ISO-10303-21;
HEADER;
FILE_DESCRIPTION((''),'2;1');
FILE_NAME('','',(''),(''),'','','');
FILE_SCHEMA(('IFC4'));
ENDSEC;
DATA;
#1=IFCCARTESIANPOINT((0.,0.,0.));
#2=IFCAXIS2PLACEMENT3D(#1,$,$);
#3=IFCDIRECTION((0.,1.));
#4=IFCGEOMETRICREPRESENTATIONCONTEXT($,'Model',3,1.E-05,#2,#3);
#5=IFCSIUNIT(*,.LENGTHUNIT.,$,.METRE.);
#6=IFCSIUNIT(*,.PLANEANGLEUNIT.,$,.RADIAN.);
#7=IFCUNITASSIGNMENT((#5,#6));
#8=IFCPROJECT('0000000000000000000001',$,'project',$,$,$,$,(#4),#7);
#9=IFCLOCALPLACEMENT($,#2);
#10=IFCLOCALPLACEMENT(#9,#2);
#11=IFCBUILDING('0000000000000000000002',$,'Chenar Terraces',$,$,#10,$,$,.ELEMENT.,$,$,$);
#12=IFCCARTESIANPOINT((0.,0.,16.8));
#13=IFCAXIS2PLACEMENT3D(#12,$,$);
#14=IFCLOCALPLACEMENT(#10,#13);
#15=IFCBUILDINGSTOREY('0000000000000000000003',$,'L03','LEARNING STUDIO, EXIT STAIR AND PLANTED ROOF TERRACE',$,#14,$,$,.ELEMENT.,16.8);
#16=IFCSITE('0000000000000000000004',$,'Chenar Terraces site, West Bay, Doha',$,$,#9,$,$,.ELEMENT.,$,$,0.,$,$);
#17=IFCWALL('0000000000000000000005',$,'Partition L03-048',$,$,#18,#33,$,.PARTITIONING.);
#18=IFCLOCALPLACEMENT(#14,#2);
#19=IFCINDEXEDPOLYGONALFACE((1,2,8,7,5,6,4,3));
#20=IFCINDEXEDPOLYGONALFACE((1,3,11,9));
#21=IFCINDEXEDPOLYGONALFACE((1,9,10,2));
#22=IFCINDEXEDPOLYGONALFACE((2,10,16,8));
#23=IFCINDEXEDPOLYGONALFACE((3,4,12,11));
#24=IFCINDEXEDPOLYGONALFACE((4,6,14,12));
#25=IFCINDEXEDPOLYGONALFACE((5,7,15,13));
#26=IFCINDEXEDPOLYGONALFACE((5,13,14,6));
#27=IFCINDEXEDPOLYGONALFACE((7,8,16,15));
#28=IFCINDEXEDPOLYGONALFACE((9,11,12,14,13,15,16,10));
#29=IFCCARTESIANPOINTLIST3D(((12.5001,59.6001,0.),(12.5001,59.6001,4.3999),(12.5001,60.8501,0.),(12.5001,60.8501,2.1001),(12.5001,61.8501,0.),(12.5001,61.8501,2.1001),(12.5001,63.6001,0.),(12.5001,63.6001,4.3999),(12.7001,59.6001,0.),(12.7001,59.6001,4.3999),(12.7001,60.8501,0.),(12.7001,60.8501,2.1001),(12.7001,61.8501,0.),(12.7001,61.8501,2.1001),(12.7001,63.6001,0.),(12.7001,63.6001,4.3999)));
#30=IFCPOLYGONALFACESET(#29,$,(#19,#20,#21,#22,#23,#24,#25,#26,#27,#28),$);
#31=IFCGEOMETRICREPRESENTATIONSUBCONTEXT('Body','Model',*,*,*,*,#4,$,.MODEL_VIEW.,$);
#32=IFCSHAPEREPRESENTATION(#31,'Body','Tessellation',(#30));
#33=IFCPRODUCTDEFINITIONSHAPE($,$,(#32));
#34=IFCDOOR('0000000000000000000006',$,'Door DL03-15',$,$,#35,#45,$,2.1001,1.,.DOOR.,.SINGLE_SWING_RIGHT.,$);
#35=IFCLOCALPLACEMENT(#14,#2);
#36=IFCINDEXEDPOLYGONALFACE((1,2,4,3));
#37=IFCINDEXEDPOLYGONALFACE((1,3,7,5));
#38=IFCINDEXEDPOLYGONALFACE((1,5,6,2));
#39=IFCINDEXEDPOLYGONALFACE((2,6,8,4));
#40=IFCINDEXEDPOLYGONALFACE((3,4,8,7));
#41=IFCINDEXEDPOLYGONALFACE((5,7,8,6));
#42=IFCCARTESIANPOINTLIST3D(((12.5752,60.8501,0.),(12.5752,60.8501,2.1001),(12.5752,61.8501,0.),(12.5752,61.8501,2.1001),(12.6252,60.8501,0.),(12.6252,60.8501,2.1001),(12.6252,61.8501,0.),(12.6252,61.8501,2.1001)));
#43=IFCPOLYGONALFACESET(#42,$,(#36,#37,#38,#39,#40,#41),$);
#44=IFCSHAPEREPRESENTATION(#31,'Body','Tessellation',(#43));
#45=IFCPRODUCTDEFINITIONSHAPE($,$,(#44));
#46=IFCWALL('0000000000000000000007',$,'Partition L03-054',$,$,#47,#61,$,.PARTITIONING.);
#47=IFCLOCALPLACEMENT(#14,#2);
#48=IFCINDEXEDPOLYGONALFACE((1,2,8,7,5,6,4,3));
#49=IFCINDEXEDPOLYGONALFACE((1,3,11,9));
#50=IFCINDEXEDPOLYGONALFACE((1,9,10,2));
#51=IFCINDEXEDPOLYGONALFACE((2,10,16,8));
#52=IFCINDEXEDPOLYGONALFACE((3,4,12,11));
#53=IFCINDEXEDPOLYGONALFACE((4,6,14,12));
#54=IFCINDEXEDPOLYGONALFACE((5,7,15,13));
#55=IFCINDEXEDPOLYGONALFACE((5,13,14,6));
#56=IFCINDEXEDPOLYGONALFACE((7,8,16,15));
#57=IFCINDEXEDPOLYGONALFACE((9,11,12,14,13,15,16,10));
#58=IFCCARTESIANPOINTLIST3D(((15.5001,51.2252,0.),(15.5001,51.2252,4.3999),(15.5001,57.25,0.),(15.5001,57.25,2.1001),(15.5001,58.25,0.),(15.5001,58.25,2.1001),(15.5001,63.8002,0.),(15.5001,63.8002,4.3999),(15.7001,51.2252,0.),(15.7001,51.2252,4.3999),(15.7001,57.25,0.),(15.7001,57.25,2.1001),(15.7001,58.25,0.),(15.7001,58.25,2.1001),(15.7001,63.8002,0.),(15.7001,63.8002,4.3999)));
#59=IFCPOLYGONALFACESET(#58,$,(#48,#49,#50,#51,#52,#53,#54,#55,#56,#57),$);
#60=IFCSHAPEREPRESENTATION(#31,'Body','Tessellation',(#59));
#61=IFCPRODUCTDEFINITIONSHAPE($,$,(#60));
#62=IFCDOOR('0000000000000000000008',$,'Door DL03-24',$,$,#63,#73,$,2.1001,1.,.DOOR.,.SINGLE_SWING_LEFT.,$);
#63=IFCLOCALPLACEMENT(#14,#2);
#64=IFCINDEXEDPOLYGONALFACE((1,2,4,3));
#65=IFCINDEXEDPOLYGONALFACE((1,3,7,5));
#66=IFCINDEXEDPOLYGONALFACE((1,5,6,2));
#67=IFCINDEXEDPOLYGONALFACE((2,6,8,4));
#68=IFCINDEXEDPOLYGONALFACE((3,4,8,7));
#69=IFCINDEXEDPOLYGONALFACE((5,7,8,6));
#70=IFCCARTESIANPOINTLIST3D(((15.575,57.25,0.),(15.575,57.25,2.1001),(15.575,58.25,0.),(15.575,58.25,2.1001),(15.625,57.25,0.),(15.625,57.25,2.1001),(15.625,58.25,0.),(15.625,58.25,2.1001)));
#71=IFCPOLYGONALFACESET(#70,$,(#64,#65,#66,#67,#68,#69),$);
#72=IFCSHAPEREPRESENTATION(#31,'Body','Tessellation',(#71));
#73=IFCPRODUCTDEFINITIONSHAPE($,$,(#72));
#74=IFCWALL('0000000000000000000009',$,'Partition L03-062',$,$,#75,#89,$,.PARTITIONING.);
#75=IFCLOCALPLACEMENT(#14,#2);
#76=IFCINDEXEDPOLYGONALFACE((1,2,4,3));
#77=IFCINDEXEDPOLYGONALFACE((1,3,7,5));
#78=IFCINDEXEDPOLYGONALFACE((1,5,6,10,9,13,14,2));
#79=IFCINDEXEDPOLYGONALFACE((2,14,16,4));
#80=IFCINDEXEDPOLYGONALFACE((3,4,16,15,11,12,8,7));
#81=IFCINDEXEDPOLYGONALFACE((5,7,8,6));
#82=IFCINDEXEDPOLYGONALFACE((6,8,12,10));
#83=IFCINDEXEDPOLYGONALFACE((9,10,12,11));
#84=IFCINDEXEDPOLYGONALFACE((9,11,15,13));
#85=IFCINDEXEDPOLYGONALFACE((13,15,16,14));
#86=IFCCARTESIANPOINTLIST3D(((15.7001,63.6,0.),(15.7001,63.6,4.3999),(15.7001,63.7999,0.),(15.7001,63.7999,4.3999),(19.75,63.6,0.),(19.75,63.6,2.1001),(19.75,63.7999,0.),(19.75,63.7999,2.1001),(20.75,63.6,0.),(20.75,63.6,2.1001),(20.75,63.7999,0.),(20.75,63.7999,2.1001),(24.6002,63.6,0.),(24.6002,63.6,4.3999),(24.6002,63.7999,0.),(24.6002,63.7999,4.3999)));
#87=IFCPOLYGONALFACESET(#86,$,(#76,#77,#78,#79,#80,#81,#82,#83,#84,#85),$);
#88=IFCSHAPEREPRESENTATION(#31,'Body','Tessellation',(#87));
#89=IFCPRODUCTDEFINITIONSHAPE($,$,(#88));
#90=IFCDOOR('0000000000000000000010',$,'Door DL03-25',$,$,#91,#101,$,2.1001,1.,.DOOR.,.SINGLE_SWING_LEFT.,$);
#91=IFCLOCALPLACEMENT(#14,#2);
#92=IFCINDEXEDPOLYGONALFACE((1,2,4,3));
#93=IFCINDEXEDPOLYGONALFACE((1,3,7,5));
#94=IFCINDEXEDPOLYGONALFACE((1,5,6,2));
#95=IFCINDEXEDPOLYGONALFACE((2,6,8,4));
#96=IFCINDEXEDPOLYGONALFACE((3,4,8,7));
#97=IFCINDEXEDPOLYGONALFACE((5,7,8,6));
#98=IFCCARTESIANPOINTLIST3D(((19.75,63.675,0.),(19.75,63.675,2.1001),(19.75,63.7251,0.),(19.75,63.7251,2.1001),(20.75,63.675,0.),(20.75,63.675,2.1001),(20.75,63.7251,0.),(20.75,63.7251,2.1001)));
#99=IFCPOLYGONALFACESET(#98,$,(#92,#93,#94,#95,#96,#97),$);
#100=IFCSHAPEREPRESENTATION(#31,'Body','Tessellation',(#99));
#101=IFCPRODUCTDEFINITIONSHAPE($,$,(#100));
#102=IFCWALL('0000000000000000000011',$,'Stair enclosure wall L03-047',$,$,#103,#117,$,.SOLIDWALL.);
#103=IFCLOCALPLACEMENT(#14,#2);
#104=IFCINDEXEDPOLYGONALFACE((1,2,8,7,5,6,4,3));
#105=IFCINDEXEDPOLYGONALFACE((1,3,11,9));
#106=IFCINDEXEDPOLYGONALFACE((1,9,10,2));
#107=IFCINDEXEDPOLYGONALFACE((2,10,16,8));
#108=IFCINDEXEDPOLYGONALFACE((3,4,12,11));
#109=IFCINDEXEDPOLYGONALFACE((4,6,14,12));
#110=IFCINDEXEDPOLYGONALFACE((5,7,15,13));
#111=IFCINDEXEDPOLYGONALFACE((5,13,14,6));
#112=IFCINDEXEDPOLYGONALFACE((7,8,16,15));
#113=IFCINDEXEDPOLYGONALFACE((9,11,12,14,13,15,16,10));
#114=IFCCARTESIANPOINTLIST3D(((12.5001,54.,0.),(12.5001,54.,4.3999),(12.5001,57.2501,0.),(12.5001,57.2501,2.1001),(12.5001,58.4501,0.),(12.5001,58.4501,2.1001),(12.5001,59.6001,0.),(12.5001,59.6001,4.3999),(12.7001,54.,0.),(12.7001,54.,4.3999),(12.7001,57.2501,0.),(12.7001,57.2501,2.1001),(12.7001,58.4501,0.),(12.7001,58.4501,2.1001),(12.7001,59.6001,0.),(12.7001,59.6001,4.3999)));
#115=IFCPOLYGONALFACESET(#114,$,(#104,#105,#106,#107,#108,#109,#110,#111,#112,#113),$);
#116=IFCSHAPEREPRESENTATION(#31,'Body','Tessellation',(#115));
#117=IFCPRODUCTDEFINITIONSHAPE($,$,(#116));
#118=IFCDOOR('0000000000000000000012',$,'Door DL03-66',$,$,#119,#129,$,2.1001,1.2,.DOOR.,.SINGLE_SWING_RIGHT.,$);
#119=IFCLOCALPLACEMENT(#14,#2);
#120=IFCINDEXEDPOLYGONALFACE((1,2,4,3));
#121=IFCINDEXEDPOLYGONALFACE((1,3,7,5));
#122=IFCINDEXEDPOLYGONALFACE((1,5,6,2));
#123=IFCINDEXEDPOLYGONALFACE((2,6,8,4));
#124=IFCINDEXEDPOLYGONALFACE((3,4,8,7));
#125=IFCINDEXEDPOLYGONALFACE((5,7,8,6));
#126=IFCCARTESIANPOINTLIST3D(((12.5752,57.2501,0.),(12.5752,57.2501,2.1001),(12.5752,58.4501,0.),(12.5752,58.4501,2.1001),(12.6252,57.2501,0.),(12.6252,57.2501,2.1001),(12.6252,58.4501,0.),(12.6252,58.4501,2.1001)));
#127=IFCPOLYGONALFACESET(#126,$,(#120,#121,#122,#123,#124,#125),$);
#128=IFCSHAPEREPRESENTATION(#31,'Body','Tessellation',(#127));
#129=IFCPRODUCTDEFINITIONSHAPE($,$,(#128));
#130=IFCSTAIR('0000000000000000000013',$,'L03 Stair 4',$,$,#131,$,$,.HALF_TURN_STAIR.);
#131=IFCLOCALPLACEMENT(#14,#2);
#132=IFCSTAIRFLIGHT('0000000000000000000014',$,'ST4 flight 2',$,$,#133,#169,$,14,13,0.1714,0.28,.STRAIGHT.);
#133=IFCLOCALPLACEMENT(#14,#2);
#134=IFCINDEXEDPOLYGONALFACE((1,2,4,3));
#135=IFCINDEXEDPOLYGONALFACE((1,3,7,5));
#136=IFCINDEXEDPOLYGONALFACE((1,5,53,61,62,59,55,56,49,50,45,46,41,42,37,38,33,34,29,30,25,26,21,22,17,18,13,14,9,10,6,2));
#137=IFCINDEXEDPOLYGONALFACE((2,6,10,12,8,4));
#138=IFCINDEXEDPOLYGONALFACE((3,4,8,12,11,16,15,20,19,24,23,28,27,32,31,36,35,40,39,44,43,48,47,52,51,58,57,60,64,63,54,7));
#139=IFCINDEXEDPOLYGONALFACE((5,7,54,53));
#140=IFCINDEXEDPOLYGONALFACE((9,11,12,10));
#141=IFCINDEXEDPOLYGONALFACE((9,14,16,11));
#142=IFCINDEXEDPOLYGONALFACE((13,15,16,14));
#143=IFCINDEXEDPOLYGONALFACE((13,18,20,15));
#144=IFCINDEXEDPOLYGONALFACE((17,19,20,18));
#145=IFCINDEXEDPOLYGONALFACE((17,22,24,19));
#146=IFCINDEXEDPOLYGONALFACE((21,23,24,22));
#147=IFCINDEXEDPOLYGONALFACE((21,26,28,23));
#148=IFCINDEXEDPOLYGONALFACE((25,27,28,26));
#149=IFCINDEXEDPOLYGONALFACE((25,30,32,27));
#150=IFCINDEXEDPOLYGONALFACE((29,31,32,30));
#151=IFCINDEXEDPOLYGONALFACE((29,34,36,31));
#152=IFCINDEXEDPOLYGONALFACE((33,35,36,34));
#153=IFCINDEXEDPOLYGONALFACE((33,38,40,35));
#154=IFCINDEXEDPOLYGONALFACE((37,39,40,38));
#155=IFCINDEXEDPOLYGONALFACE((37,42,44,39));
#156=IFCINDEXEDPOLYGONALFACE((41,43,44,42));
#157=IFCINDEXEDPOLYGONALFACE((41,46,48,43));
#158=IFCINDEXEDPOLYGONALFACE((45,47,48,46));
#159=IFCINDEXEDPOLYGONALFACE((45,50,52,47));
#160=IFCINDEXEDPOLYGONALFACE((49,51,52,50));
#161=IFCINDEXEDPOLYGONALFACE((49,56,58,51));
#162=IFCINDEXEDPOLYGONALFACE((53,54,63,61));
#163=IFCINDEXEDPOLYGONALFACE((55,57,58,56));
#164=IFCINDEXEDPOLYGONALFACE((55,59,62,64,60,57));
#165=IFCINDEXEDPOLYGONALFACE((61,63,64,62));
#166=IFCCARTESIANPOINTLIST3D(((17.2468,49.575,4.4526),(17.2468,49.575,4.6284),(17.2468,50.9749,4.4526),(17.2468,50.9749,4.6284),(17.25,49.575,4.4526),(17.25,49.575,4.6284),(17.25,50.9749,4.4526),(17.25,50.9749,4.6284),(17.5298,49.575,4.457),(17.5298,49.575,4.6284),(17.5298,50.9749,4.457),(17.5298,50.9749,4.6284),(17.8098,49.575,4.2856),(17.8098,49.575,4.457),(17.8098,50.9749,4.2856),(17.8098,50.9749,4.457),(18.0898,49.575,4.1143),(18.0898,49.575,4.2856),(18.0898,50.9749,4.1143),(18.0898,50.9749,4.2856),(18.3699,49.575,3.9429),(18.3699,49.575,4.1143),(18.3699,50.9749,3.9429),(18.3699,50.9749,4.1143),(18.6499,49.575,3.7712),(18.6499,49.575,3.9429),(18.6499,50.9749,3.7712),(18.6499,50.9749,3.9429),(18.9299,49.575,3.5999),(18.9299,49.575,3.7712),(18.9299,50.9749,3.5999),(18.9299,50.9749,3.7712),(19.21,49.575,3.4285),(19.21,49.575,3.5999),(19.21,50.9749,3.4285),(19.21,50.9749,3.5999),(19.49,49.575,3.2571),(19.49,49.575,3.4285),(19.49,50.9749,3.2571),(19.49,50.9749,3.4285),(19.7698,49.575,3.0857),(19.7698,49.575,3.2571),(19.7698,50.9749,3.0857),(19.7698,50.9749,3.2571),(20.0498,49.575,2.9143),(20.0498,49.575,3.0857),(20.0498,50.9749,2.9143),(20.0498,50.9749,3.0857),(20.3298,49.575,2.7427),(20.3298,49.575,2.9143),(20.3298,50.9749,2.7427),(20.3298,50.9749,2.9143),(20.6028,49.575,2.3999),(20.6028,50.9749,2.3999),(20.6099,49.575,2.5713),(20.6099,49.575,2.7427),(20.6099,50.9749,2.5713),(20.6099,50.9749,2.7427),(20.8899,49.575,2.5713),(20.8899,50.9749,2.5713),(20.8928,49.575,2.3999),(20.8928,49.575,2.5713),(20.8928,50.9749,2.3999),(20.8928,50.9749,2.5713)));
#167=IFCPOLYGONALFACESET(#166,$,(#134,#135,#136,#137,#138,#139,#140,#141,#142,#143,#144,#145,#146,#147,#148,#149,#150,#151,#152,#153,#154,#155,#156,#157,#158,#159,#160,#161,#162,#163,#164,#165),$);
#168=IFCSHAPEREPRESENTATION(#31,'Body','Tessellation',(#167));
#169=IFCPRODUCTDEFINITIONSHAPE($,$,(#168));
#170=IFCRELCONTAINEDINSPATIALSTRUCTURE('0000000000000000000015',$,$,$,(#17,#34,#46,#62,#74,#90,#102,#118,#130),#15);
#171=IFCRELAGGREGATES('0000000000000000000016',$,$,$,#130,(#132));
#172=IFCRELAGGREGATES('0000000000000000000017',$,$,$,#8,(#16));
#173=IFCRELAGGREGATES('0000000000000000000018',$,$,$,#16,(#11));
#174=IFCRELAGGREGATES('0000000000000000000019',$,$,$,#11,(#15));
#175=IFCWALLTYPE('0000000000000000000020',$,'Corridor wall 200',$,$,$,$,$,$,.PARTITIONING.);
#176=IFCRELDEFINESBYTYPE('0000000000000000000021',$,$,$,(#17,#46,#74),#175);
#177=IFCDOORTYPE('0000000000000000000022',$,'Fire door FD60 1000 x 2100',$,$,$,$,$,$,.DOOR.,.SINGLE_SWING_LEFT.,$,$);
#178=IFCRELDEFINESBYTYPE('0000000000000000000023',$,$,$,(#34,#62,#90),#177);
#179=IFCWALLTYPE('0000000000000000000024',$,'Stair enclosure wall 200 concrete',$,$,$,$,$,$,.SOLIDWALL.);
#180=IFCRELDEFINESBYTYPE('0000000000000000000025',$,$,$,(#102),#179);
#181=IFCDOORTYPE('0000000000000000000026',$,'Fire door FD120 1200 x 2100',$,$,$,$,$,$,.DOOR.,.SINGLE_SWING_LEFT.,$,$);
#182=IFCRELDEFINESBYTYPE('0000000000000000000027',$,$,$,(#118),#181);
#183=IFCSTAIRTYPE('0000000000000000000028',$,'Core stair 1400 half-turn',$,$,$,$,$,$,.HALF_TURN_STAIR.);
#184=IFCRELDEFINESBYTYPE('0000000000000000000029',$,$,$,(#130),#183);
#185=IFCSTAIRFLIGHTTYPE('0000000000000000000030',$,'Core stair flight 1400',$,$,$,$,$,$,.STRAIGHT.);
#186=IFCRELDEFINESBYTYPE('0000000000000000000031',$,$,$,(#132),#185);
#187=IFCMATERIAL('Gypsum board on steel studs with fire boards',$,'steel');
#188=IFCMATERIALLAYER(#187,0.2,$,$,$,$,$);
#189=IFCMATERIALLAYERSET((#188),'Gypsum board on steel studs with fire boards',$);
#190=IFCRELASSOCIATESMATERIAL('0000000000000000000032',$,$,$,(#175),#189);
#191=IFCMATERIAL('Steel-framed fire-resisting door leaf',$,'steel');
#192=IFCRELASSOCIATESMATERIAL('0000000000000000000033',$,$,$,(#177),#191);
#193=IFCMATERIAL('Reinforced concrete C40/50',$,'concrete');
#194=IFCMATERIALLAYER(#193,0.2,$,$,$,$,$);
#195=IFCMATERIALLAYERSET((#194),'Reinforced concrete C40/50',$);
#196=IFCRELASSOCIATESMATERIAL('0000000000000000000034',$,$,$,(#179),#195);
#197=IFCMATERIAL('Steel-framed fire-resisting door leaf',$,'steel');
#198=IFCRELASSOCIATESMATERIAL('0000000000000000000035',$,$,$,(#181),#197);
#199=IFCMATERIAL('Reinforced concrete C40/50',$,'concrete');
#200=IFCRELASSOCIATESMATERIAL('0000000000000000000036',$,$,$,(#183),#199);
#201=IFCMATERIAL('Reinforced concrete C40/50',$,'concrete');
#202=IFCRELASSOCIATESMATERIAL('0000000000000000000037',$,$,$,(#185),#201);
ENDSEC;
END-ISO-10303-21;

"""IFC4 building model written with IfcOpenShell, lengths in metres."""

from ifc_helpers import new_model, si_unit, direction, frame, frame_2d, origin, place, context, subcontext, project, spatial, polyline, rectangle, outline, extrude, material, layer, layer_set, type_object, element, fill, aggregate, save


model = new_model("IFC4")

# Units and contexts
model_context = context("Model", 3, precision=1e-05, world=origin(), true_north=direction((0.0, 1.0)))
body_context = subcontext(model_context, "Body", "Model", "MODEL_VIEW")
ifc_project = project(units=[si_unit("LENGTHUNIT", "METRE"), si_unit("PLANEANGLEUNIT", "RADIAN")], contexts=[model_context])

# Site, building, storey
site_placement = place(None, origin())
site = spatial("IfcSite", under=ifc_project, at=site_placement, Name="Chenar Terraces site, West Bay, Doha", CompositionType="ELEMENT", RefElevation=0.0)
building_placement = place(site_placement, origin())
building = spatial("IfcBuilding", under=site, at=building_placement, Name="Chenar Terraces", CompositionType="ELEMENT")
storey_placement = place(building_placement, frame((0.0, 0.0, 16.8)))
storey = spatial("IfcBuildingStorey", under=building, at=storey_placement, Name="L03", Description="LEARNING STUDIO, EXIT STAIR AND PLANTED ROOF TERRACE", CompositionType="ELEMENT", Elevation=16.8)

# Shared definitions
placement = place(storey_placement, origin())

# Walls, openings, doors
ifc_material_1 = material(Name="Gypsum board on steel studs with fire boards", Category="steel")
ifc_layer_1 = layer(ifc_material_1, 0.2)
ifc_layer_set_1 = layer_set([ifc_layer_1], Name="Gypsum board on steel studs with fire boards")
wall_type_1 = type_object("IfcWallType", Name="Corridor wall 200", PredefinedType="PARTITIONING", material=ifc_layer_set_1)
wall_1_placement = place(storey_placement, frame((12.6001, 59.6001, 0.0), z_axis=(0.0, 0.0, 1.0), x_axis=(0.0, 1.0, 0.0)))
wall_1 = element("IfcWall", 1, at=wall_1_placement, inside=storey, type_object=wall_type_1, Name="Partition L03-048", PredefinedType="PARTITIONING", context=body_context, shape_type="SweptSolid", body=[
    extrude(rectangle(XDim=4.0, YDim=0.2, at=frame_2d((2.0, 0.0))), origin(), (0.0, 0.0, 1.0), 4.3999),
])
opening_1_placement = place(wall_1_placement, frame((1.25, 0.0, 0.0)))
opening_1 = element("IfcOpeningElement", 2, at=opening_1_placement, cuts=wall_1, PredefinedType="OPENING", context=body_context, shape_type="SweptSolid", body=[
    extrude(rectangle(XDim=1.0, YDim=2.1001, at=frame_2d((0.5, 1.05))), frame((0.0, 0.1099, 0.0), z_axis=(0.0, -1.0, 0.0), x_axis=(1.0, 0.0, 0.0)), (0.0, 0.0, 1.0), 0.22),
])
ifc_material_2 = material(Name="Steel-framed fire-resisting door leaf", Category="steel")
door_type_1 = type_object("IfcDoorType", Name="Fire door FD60 1000 x 2100", OperationType="SINGLE_SWING_LEFT", PredefinedType="DOOR", material=ifc_material_2)
door_1_placement = place(opening_1_placement, origin())
door_1 = element("IfcDoor", 3, at=door_1_placement, inside=storey, type_object=door_type_1, Name="Door DL03-15", OperationType="SINGLE_SWING_RIGHT", OverallHeight=2.1001, OverallWidth=1.0, PredefinedType="DOOR", context=body_context, shape_type="SweptSolid", body=[
    extrude(rectangle(XDim=1.0, YDim=2.1001, at=frame_2d((0.5, 1.05))), frame((0.0, 0.0249, 0.0), z_axis=(0.0, -1.0, 0.0), x_axis=(1.0, 0.0, 0.0)), (0.0, 0.0, 1.0), 0.05),
])
fill(opening_1, door_1)
wall_2_placement = place(storey_placement, frame((15.6001, 51.2251, 0.0), z_axis=(0.0, 0.0, 1.0), x_axis=(0.0, 1.0, 0.0)))
wall_2 = element("IfcWall", 4, at=wall_2_placement, inside=storey, type_object=wall_type_1, Name="Partition L03-054", PredefinedType="PARTITIONING", context=body_context, shape_type="SweptSolid", body=[
    extrude(rectangle(XDim=12.575, YDim=0.2, at=frame_2d((6.2876, 0.0))), origin(), (0.0, 0.0, 1.0), 4.3999),
])
opening_2_placement = place(wall_2_placement, frame((6.0249, 0.0, 0.0)))
opening_2 = element("IfcOpeningElement", 5, at=opening_2_placement, cuts=wall_2, PredefinedType="OPENING", context=body_context, shape_type="SweptSolid", body=[
    extrude(rectangle(XDim=1.0, YDim=2.1001, at=frame_2d((0.5, 1.05))), frame((0.0, 0.1099, 0.0), z_axis=(0.0, -1.0, 0.0), x_axis=(1.0, 0.0, 0.0)), (0.0, 0.0, 1.0), 0.22),
])
door_2_placement = place(opening_2_placement, frame((1.0, 0.0, 0.0), z_axis=(0.0, 0.0, 1.0), x_axis=(-1.0, 0.0, 0.0)))
door_2 = element("IfcDoor", 6, at=door_2_placement, inside=storey, type_object=door_type_1, Name="Door DL03-24", OperationType="SINGLE_SWING_LEFT", OverallHeight=2.1001, OverallWidth=1.0, PredefinedType="DOOR", context=body_context, shape_type="SweptSolid", body=[
    extrude(rectangle(XDim=1.0, YDim=2.1001, at=frame_2d((0.5, 1.05))), frame((0.0, 0.0249, 0.0), z_axis=(0.0, -1.0, 0.0), x_axis=(1.0, 0.0, 0.0)), (0.0, 0.0, 1.0), 0.05),
])
fill(opening_2, door_2)
wall_3_placement = place(storey_placement, frame((15.7, 63.7, 0.0), z_axis=(0.0, 0.0, 1.0), x_axis=(1.0, 0.0, 0.0)))
wall_3 = element("IfcWall", 7, at=wall_3_placement, inside=storey, type_object=wall_type_1, Name="Partition L03-062", PredefinedType="PARTITIONING", context=body_context, shape_type="SweptSolid", body=[
    extrude(rectangle(XDim=8.9001, YDim=0.2, at=frame_2d((4.4502, 0.0))), origin(), (0.0, 0.0, 1.0), 4.3999),
])
opening_3_placement = place(wall_3_placement, frame((4.05, 0.0, 0.0)))
opening_3 = element("IfcOpeningElement", 8, at=opening_3_placement, cuts=wall_3, PredefinedType="OPENING", context=body_context, shape_type="SweptSolid", body=[
    extrude(rectangle(XDim=1.0, YDim=2.1001, at=frame_2d((0.5, 1.05))), frame((0.0, 0.1099, 0.0), z_axis=(0.0, -1.0, 0.0), x_axis=(1.0, 0.0, 0.0)), (0.0, 0.0, 1.0), 0.22),
])
door_3_placement = place(opening_3_placement, frame((1.0, 0.0, 0.0), z_axis=(0.0, 0.0, 1.0), x_axis=(-1.0, 0.0, 0.0)))
door_3 = element("IfcDoor", 9, at=door_3_placement, inside=storey, type_object=door_type_1, Name="Door DL03-25", OperationType="SINGLE_SWING_LEFT", OverallHeight=2.1001, OverallWidth=1.0, PredefinedType="DOOR", context=body_context, shape_type="SweptSolid", body=[
    extrude(rectangle(XDim=1.0, YDim=2.1001, at=frame_2d((0.5, 1.05))), frame((0.0, 0.0249, 0.0), z_axis=(0.0, -1.0, 0.0), x_axis=(1.0, 0.0, 0.0)), (0.0, 0.0, 1.0), 0.05),
])
fill(opening_3, door_3)
ifc_material_3 = material(Name="Reinforced concrete C40/50", Category="concrete")
ifc_layer_2 = layer(ifc_material_3, 0.2)
ifc_layer_set_2 = layer_set([ifc_layer_2], Name="Reinforced concrete C40/50")
wall_type_2 = type_object("IfcWallType", Name="Stair enclosure wall 200 concrete", PredefinedType="SOLIDWALL", material=ifc_layer_set_2)
wall_4_placement = place(storey_placement, frame((12.6001, 54.0, 0.0), z_axis=(0.0, 0.0, 1.0), x_axis=(0.0, 1.0, 0.0)))
wall_4 = element("IfcWall", 10, at=wall_4_placement, inside=storey, type_object=wall_type_2, Name="Stair enclosure wall L03-047", PredefinedType="SOLIDWALL", context=body_context, shape_type="SweptSolid", body=[
    extrude(rectangle(XDim=5.6001, YDim=0.2, at=frame_2d((2.8, 0.0))), origin(), (0.0, 0.0, 1.0), 4.3999),
])
opening_4_placement = place(wall_4_placement, frame((3.25, 0.0, 0.0)))
opening_4 = element("IfcOpeningElement", 11, at=opening_4_placement, cuts=wall_4, PredefinedType="OPENING", context=body_context, shape_type="SweptSolid", body=[
    extrude(rectangle(XDim=1.2, YDim=2.1001, at=frame_2d((0.6001, 1.05))), frame((0.0, 0.1099, 0.0), z_axis=(0.0, -1.0, 0.0), x_axis=(1.0, 0.0, 0.0)), (0.0, 0.0, 1.0), 0.22),
])
ifc_material_4 = material(Name="Steel-framed fire-resisting door leaf", Category="steel")
door_type_2 = type_object("IfcDoorType", Name="Fire door FD120 1200 x 2100", OperationType="SINGLE_SWING_LEFT", PredefinedType="DOOR", material=ifc_material_4)
door_4_placement = place(opening_4_placement, origin())
door_4 = element("IfcDoor", 12, at=door_4_placement, inside=storey, type_object=door_type_2, Name="Door DL03-66", OperationType="SINGLE_SWING_RIGHT", OverallHeight=2.1001, OverallWidth=1.2, PredefinedType="DOOR", context=body_context, shape_type="SweptSolid", body=[
    extrude(rectangle(XDim=1.2, YDim=2.1001, at=frame_2d((0.6001, 1.05))), frame((0.0, 0.0249, 0.0), z_axis=(0.0, -1.0, 0.0), x_axis=(1.0, 0.0, 0.0)), (0.0, 0.0, 1.0), 0.05),
])
fill(opening_4, door_4)

# Stair, stair flight
ifc_material_5 = material(Name="Reinforced concrete C40/50", Category="concrete")
stair_type = type_object("IfcStairType", Name="Core stair 1400 half-turn", PredefinedType="HALF_TURN_STAIR", material=ifc_material_5)
stair = element("IfcStair", 13, at=placement, inside=storey, type_object=stair_type, Name="L03 Stair 4", PredefinedType="HALF_TURN_STAIR")
ifc_material_6 = material(Name="Reinforced concrete C40/50", Category="concrete")
stair_flight_type = type_object("IfcStairFlightType", Name="Core stair flight 1400", PredefinedType="STRAIGHT", material=ifc_material_6)
stair_flight_placement = place(storey_placement, frame((20.8899, 50.2749, 2.3999), z_axis=(0.0, 0.0, 1.0), x_axis=(-1.0, 0.0, 0.0)))
stair_flight = element("IfcStairFlight", 14, at=stair_flight_placement, type_object=stair_flight_type, Name="ST4 flight 2", NumberOfRisers=14, NumberOfTreads=13, PredefinedType="STRAIGHT", RiserHeight=0.1714, TreadLength=0.28, context=body_context, shape_type="SweptSolid", body=[
    extrude(outline(polyline([(-0.0029, 0.0), (-0.0029, 0.1714), (0.0, 0.1714), (0.28, 0.1714), (0.28, 0.3428), (0.5601, 0.3428), (0.5601, 0.5144), (0.8401, 0.5144), (0.8401, 0.6858), (1.1201, 0.6858), (1.1201, 0.8572), (1.3999, 0.8572), (1.3999, 1.0286), (1.6799, 1.0286), (1.6799, 1.2), (1.96, 1.2), (1.96, 1.3713), (2.24, 1.3713), (2.24, 1.543), (2.52, 1.543), (2.52, 1.7144), (2.8, 1.7144), (2.8, 1.8857), (3.0801, 1.8857), (3.0801, 2.0571), (3.3601, 2.0571), (3.3601, 2.2285), (3.6399, 2.2285), (3.6431, 2.2285), (3.6431, 2.0527), (3.6399, 2.0527), (0.2871, 0.0), (-0.0029, 0.0)])), frame((0.0, 0.7, 0.0), z_axis=(0.0, -1.0, 0.0), x_axis=(1.0, 0.0, 0.0)), (0.0, 0.0, 1.0), 1.3999),
])
aggregate(stair, [stair_flight])

save(model, "model.ifc")
